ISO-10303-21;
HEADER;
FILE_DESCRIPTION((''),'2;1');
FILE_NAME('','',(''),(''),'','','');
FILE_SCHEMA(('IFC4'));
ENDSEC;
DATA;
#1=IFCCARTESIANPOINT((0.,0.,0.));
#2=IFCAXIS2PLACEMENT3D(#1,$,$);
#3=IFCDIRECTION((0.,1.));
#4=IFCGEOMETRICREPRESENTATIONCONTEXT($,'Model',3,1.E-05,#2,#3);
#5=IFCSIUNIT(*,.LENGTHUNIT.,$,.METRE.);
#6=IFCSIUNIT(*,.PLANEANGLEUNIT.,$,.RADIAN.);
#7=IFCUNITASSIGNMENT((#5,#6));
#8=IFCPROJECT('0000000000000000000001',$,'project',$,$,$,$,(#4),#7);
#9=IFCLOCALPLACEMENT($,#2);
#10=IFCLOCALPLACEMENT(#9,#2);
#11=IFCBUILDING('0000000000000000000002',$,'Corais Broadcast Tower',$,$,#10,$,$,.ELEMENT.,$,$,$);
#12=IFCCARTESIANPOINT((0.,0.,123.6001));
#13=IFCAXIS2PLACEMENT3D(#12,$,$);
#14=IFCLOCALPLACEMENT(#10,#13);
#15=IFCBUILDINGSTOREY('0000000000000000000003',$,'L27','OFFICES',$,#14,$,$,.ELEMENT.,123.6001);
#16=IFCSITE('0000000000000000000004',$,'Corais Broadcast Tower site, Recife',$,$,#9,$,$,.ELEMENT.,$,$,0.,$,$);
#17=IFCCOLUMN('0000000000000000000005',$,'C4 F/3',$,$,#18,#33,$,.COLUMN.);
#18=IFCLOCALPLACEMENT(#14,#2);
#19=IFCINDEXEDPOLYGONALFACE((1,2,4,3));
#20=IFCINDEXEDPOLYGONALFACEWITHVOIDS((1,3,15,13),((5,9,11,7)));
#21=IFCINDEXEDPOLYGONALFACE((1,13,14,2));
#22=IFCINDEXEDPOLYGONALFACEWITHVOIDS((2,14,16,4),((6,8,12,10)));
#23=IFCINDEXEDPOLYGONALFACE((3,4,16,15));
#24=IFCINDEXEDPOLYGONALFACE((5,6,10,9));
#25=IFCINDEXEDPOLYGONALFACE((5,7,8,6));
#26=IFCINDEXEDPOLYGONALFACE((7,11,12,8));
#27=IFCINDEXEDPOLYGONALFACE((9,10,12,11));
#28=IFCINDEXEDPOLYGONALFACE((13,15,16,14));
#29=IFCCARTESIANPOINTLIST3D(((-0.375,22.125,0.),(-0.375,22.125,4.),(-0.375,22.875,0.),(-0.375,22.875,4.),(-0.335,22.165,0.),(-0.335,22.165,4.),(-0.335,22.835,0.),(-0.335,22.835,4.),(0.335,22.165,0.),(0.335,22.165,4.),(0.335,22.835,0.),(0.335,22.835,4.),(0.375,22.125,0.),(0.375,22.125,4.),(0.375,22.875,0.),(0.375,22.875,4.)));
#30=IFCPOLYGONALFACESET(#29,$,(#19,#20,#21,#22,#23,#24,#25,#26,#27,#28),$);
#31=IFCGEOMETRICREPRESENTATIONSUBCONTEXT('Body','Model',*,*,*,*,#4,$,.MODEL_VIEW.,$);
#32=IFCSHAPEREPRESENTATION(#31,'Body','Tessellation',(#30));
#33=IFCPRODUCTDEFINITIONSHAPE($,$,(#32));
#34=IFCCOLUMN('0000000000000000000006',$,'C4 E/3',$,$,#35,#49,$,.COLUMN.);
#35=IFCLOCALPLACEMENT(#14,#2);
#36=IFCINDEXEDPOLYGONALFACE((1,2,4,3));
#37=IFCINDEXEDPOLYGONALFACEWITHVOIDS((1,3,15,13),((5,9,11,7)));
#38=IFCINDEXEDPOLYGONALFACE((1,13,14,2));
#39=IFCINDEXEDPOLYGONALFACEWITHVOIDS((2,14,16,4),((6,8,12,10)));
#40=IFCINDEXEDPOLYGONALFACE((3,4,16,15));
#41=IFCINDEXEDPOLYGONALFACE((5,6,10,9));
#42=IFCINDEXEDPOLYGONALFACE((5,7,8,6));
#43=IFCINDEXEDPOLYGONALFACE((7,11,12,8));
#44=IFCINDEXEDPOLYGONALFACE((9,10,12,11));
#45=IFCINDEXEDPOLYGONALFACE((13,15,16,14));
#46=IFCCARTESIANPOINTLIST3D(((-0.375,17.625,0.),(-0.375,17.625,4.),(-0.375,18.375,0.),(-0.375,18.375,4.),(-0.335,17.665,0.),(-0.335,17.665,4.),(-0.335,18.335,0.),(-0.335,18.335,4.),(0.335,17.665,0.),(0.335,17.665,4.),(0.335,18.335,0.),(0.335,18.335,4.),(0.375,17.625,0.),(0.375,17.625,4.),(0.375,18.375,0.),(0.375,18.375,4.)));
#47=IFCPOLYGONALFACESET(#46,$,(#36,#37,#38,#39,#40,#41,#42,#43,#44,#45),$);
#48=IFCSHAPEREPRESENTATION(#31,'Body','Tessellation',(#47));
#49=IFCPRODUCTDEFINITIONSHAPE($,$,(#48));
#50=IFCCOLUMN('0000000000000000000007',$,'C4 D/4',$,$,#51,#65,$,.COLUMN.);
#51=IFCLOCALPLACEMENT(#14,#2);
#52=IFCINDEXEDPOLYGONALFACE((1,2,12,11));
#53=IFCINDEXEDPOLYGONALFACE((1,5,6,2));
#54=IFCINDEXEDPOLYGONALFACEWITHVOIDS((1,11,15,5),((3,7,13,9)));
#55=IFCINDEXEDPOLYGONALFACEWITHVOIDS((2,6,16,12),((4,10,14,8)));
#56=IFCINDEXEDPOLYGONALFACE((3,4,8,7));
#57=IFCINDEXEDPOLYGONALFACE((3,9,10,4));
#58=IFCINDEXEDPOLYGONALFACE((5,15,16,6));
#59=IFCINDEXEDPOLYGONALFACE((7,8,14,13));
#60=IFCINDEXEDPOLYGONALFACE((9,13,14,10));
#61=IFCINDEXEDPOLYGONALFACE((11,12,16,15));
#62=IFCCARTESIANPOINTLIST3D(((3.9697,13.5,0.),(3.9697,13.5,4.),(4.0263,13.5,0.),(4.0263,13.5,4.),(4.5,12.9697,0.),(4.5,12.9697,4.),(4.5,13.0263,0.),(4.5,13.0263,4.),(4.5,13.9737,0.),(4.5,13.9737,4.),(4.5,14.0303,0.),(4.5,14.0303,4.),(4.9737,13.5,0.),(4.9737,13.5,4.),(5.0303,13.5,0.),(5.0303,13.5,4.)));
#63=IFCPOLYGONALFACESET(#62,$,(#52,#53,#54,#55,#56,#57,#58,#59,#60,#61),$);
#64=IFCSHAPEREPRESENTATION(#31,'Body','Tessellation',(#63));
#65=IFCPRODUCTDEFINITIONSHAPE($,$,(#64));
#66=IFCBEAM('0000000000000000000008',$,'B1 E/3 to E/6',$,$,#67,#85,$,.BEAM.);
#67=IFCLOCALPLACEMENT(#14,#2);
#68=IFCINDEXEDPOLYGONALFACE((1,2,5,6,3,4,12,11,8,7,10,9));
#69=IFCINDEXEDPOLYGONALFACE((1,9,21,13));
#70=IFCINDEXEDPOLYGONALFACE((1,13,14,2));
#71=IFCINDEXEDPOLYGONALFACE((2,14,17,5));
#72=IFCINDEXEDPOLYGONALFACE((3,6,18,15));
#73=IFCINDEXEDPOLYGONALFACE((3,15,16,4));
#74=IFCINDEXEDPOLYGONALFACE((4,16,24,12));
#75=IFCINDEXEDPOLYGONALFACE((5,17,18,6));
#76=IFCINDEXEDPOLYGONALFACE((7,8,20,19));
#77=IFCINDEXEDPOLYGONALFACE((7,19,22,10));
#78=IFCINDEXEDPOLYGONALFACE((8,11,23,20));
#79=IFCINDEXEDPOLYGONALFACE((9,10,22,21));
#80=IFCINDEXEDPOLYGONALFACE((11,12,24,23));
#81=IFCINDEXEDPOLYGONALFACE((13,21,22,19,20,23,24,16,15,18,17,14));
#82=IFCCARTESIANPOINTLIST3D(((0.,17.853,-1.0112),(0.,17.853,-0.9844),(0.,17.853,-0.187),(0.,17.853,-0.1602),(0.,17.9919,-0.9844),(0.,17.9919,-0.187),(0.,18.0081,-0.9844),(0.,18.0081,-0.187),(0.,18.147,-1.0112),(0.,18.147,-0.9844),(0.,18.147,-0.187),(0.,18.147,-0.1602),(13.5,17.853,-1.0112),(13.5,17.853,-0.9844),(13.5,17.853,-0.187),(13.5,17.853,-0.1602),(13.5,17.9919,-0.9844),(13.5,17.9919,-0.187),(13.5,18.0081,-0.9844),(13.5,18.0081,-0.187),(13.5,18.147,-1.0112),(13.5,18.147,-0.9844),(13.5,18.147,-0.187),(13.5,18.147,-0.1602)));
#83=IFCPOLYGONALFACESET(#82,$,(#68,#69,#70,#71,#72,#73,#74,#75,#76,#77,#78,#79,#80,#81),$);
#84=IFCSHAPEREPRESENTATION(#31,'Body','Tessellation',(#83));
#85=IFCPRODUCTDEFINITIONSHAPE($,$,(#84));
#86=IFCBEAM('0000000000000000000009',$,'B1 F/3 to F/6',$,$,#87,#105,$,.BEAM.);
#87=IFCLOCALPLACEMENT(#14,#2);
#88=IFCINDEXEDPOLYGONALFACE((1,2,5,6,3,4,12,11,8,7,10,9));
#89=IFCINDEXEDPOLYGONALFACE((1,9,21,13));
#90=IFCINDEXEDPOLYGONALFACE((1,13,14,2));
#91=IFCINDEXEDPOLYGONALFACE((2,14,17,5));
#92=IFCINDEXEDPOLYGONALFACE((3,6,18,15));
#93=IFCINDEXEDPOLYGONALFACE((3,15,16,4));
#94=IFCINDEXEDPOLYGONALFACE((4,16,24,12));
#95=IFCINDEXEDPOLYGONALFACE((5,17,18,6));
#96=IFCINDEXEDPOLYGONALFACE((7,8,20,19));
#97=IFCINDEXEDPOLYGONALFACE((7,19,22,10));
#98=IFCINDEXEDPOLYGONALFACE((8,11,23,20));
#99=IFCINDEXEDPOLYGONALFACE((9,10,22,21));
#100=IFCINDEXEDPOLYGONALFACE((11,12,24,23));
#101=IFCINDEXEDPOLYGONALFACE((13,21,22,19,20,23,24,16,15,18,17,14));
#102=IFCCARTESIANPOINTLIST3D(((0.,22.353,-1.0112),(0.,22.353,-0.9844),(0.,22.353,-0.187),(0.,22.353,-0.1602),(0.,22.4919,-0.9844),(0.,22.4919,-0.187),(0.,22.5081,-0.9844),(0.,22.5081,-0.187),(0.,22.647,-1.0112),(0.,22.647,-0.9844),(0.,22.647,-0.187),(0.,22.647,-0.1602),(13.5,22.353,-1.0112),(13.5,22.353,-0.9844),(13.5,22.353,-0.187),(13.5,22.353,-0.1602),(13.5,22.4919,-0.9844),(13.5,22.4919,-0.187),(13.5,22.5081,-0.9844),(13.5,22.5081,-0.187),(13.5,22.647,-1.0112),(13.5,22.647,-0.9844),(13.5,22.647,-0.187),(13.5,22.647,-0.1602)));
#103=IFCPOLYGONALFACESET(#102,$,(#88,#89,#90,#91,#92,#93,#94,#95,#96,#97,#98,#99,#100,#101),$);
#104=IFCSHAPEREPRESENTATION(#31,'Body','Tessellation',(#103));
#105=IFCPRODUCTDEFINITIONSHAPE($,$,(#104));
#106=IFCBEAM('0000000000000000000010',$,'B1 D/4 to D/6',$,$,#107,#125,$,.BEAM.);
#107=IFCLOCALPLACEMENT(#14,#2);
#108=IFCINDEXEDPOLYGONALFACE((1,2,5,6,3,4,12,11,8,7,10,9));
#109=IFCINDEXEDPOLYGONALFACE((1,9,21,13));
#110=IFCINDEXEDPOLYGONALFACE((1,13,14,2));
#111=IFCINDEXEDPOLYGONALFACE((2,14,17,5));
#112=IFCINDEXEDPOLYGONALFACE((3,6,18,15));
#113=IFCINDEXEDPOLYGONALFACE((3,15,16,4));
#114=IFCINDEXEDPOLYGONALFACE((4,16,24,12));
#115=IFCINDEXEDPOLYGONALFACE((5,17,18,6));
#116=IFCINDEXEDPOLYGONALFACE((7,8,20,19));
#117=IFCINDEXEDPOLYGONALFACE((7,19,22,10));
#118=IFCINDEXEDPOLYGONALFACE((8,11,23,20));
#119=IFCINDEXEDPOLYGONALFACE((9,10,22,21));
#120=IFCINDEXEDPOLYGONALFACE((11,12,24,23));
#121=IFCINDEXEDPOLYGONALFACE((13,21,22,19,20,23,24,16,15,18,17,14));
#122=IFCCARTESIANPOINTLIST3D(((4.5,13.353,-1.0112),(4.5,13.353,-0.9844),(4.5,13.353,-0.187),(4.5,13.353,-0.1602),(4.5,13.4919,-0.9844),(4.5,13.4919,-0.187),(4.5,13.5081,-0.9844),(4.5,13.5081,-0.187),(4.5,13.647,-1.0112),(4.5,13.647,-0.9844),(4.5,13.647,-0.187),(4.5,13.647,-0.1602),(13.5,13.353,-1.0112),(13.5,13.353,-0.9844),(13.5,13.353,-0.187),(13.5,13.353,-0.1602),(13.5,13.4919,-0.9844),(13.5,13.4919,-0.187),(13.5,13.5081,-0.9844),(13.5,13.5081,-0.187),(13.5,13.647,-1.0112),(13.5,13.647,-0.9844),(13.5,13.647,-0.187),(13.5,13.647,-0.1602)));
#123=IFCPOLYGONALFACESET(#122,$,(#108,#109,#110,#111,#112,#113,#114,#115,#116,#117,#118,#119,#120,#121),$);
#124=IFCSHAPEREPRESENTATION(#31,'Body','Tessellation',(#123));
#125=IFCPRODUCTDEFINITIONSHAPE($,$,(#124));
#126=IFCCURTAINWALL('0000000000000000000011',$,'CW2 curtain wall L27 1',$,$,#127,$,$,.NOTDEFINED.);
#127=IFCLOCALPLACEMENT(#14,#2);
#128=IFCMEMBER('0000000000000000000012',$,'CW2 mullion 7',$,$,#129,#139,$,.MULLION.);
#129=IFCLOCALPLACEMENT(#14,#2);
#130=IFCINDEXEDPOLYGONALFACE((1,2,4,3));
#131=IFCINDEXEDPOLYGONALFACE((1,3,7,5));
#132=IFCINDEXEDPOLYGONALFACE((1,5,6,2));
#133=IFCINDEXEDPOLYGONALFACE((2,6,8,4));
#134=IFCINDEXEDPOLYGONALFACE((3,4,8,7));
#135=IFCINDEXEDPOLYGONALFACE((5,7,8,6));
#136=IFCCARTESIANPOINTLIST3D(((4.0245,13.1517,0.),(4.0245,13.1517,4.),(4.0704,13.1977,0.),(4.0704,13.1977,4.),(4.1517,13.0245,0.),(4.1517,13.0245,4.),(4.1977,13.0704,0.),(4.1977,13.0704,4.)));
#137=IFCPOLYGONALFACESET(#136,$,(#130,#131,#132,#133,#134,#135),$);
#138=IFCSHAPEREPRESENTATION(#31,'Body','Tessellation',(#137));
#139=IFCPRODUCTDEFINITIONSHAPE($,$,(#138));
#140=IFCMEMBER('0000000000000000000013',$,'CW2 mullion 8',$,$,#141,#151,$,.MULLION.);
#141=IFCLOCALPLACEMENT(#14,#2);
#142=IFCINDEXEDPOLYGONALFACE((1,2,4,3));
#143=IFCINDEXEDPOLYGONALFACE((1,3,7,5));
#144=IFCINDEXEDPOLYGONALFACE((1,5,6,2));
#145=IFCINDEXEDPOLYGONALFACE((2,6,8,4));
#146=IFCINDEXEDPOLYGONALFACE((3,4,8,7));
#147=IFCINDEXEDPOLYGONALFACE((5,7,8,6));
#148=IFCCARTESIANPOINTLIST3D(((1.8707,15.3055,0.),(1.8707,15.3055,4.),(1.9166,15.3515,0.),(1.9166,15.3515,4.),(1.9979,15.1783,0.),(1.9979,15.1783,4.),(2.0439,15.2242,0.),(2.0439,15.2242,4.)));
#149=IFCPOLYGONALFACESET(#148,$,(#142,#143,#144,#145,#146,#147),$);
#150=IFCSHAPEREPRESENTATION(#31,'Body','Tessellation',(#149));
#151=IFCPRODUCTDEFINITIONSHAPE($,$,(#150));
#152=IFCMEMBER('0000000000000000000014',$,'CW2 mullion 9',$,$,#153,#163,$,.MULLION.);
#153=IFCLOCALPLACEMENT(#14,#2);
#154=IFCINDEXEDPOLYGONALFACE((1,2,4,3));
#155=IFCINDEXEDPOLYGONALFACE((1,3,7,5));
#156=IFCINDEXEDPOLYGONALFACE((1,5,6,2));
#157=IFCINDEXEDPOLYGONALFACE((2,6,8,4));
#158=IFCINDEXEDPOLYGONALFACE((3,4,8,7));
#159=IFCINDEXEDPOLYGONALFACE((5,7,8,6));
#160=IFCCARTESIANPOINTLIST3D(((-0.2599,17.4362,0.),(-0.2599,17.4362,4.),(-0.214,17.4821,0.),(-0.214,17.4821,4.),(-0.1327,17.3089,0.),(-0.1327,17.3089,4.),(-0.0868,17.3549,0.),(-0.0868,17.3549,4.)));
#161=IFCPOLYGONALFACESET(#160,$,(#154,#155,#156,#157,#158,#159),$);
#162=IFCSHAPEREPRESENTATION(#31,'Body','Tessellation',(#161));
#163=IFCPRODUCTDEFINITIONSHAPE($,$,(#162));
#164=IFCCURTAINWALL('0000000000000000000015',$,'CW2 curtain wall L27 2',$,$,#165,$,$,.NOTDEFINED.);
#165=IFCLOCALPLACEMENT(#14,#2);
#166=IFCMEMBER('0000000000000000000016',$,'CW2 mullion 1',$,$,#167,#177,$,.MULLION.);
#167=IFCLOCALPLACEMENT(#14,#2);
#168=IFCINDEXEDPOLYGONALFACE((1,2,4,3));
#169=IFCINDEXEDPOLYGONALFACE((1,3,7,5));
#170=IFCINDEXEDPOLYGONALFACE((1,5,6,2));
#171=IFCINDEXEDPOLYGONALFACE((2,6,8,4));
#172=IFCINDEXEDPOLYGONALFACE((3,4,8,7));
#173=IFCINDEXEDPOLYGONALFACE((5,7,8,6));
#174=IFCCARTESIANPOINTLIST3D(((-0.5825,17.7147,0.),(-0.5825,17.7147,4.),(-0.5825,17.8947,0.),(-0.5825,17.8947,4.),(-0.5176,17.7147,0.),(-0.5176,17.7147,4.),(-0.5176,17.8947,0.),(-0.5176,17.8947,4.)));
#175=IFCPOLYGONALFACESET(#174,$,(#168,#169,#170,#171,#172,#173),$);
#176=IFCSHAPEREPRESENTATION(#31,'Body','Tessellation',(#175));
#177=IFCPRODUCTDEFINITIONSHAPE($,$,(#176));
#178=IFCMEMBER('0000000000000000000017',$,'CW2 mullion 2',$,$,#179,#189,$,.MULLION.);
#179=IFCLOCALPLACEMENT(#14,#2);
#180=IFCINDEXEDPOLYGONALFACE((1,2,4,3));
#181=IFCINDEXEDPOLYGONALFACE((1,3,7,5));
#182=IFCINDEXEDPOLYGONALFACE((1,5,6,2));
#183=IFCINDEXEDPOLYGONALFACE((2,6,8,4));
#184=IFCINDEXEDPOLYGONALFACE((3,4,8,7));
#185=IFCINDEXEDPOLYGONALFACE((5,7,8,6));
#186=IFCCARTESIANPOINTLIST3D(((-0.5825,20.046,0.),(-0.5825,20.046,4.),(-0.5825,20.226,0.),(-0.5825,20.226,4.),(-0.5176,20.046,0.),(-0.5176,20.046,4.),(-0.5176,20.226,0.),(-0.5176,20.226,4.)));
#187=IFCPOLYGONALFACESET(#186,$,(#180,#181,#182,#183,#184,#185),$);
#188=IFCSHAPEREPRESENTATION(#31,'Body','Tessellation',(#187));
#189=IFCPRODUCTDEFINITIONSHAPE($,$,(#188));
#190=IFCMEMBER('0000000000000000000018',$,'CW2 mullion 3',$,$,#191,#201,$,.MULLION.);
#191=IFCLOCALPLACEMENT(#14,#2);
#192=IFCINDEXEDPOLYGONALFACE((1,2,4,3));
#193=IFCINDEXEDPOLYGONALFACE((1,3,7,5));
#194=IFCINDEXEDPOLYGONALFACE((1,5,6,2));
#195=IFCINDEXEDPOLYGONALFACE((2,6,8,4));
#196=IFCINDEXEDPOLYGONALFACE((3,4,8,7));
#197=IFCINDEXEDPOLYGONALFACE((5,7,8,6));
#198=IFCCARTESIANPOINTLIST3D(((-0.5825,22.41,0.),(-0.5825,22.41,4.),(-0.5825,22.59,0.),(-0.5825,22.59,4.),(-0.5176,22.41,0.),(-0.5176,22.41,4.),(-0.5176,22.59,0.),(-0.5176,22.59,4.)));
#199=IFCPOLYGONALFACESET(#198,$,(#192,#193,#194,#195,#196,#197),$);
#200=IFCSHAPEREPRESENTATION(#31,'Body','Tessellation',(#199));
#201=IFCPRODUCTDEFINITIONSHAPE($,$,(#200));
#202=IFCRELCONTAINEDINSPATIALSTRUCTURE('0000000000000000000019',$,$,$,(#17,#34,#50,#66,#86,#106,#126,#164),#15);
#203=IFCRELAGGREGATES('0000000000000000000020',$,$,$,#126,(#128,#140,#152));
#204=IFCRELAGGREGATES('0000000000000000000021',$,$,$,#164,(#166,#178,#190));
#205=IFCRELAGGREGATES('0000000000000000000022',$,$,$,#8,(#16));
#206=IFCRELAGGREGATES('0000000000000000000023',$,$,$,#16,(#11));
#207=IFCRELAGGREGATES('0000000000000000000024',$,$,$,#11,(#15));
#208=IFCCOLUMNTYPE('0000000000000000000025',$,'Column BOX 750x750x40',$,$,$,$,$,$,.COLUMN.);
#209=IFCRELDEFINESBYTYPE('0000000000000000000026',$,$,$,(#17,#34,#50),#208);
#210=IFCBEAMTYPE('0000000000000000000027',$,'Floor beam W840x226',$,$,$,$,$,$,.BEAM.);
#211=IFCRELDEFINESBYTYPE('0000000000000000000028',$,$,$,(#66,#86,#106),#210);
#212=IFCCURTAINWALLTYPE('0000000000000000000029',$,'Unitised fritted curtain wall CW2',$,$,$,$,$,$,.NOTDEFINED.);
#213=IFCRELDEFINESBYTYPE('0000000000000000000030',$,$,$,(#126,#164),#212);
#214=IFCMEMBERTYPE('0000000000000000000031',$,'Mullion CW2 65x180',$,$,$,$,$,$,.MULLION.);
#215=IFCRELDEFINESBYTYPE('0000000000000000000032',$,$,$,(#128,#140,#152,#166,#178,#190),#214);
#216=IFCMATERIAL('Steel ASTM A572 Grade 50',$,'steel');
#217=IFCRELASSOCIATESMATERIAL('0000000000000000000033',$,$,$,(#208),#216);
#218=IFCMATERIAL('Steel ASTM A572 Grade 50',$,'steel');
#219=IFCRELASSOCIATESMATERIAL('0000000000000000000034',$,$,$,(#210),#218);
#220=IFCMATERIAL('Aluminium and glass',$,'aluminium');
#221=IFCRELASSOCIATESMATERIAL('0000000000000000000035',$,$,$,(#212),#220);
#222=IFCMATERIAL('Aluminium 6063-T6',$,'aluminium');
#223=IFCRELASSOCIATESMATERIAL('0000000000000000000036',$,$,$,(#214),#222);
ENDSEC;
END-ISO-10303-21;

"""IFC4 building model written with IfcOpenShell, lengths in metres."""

from ifc_helpers import new_model, si_unit, direction, frame, origin, origin_2d, place, context, subcontext, project, spatial, rectangle, hollow_rectangle, i_section, extrude, material, material_profile, profile_set, type_object, element, aggregate, save


model = new_model("IFC4")

# Units and contexts
model_context = context("Model", 3, precision=1e-05, world=origin(), true_north=direction((0.0, 1.0)))
body_context = subcontext(model_context, "Body", "Model", "MODEL_VIEW")
ifc_project = project(units=[si_unit("LENGTHUNIT", "METRE"), si_unit("PLANEANGLEUNIT", "RADIAN")], contexts=[model_context])

# Site, building, storey
site_placement = place(None, origin())
site = spatial("IfcSite", under=ifc_project, at=site_placement, Name="Corais Broadcast Tower site, Recife", CompositionType="ELEMENT", RefElevation=0.0)
building_placement = place(site_placement, origin())
building = spatial("IfcBuilding", under=site, at=building_placement, Name="Corais Broadcast Tower", CompositionType="ELEMENT")
storey_placement = place(building_placement, frame((0.0, 0.0, 123.6001)))
storey = spatial("IfcBuildingStorey", under=building, at=storey_placement, Name="L27", Description="OFFICES", CompositionType="ELEMENT", Elevation=123.6001)

# Columns
ifc_material_1 = material(Name="Steel ASTM A572 Grade 50", Category="steel")
ifc_material_profile_1 = material_profile(ifc_material_1, hollow_rectangle(XDim=0.75, YDim=0.75, WallThickness=0.04, at=origin_2d()), Name="BOX 750x750x40")
ifc_profile_set_1 = profile_set([ifc_material_profile_1], Name="Steel ASTM A572 Grade 50")
column_type = type_object("IfcColumnType", Name="Column BOX 750x750x40", PredefinedType="COLUMN", material=ifc_profile_set_1)
for number, where, z_axis, x_axis, name in (
    (1, (0.0, 22.5, 0.0), (0.0, 0.0, 1.0), (1.0, 0.0, 0.0), "C4 F/3"),
    (2, (0.0, 18.0, 0.0), (0.0, 0.0, 1.0), (1.0, 0.0, 0.0), "C4 E/3"),
    (3, (4.5, 13.5, 0.0), (0.0, 0.0, 1.0), (0.707107, 0.707107, 0.0), "C4 D/4"),
):
    element("IfcColumn", number, at=place(storey_placement, frame(where, z_axis=z_axis, x_axis=x_axis)), inside=storey, type_object=column_type, Name=name, PredefinedType="COLUMN", context=body_context, shape_type="SweptSolid", body=[
        extrude(hollow_rectangle(XDim=0.75, YDim=0.75, WallThickness=0.04, at=origin_2d()), origin(), (0.0, 0.0, 1.0), 4.0),
    ])

# Beams
ifc_material_2 = material(Name="Steel ASTM A572 Grade 50", Category="steel")
ifc_material_profile_2 = material_profile(ifc_material_2, i_section(OverallWidth=0.2939, OverallDepth=0.8511, WebThickness=0.0161, FlangeThickness=0.0269, at=origin_2d()), Name="W840x226")
ifc_profile_set_2 = profile_set([ifc_material_profile_2], Name="Steel ASTM A572 Grade 50")
beam_type_1 = type_object("IfcBeamType", Name="Floor beam W840x226", PredefinedType="BEAM", material=ifc_profile_set_2)
for number, where, z_axis, x_axis, name in (
    (4, (0.0, 18.0, -0.5857), (1.0, 0.0, 0.0), (0.0, 1.0, 0.0), "B1 E/3 to E/6"),
    (5, (0.0, 22.5, -0.5857), (1.0, 0.0, 0.0), (0.0, 1.0, 0.0), "B1 F/3 to F/6"),
):
    element("IfcBeam", number, at=place(storey_placement, frame(where, z_axis=z_axis, x_axis=x_axis)), inside=storey, type_object=beam_type_1, Name=name, PredefinedType="BEAM", context=body_context, shape_type="SweptSolid", body=[
        extrude(i_section(OverallWidth=0.2939, OverallDepth=0.8511, WebThickness=0.0161, FlangeThickness=0.0269, at=origin_2d()), origin(), (0.0, 0.0, 1.0), 13.5),
    ])
beam_1_placement = place(storey_placement, frame((4.5, 13.5, -0.5857), z_axis=(1.0, 0.0, 0.0), x_axis=(0.0, 1.0, 0.0)))
element("IfcBeam", 6, at=beam_1_placement, inside=storey, type_object=beam_type_1, Name="B1 D/4 to D/6", PredefinedType="BEAM", context=body_context, shape_type="SweptSolid", body=[
    extrude(i_section(OverallWidth=0.2939, OverallDepth=0.8511, WebThickness=0.0161, FlangeThickness=0.0269, at=origin_2d()), origin(), (0.0, 0.0, 1.0), 9.0),
])

# Curtain walls, members
ifc_material_3 = material(Name="Aluminium and glass", Category="aluminium")
curtain_wall_type = type_object("IfcCurtainWallType", Name="Unitised fritted curtain wall CW2", PredefinedType="NOTDEFINED", material=ifc_material_3)
curtain_wall_1_placement = place(storey_placement, origin())
curtain_wall_1 = element("IfcCurtainWall", 7, at=curtain_wall_1_placement, inside=storey, type_object=curtain_wall_type, Name="CW2 curtain wall L27 1", PredefinedType="NOTDEFINED")
ifc_material_4 = material(Name="Aluminium 6063-T6", Category="aluminium")
ifc_material_profile_3 = material_profile(ifc_material_4, rectangle(XDim=0.0649, YDim=0.1799, at=origin_2d()), Name="Mullion CW2 65x180")
ifc_profile_set_3 = profile_set([ifc_material_profile_3], Name="Aluminium 6063-T6")
member_type_1 = type_object("IfcMemberType", Name="Mullion CW2 65x180", PredefinedType="MULLION", material=ifc_profile_set_3)
member_1_placement = place(storey_placement, frame((4.1111, 13.1111, 0.0), z_axis=(0.0, 0.0, 1.0), x_axis=(-0.707107, -0.707107, 0.0)))
member_1 = element("IfcMember", 8, at=member_1_placement, type_object=member_type_1, Name="CW2 mullion 7", PredefinedType="MULLION", context=body_context, shape_type="SweptSolid", body=[
    extrude(rectangle(XDim=0.0649, YDim=0.1799, at=origin_2d()), origin(), (0.0, 0.0, 1.0), 4.0),
])
member_2_placement = place(storey_placement, frame((1.9573, 15.2649, 0.0), z_axis=(0.0, 0.0, 1.0), x_axis=(-0.707107, -0.707107, 0.0)))
member_2 = element("IfcMember", 9, at=member_2_placement, type_object=member_type_1, Name="CW2 mullion 8", PredefinedType="MULLION", context=body_context, shape_type="SweptSolid", body=[
    extrude(rectangle(XDim=0.0649, YDim=0.1799, at=origin_2d()), origin(), (0.0, 0.0, 1.0), 4.0),
])
member_3_placement = place(storey_placement, frame((-0.1733, 17.3955, 0.0), z_axis=(0.0, 0.0, 1.0), x_axis=(-0.707107, -0.707107, 0.0)))
member_3 = element("IfcMember", 10, at=member_3_placement, type_object=member_type_1, Name="CW2 mullion 9", PredefinedType="MULLION", context=body_context, shape_type="SweptSolid", body=[
    extrude(rectangle(XDim=0.0649, YDim=0.1799, at=origin_2d()), origin(), (0.0, 0.0, 1.0), 4.0),
])
curtain_wall_2_placement = place(storey_placement, origin())
curtain_wall_2 = element("IfcCurtainWall", 11, at=curtain_wall_2_placement, inside=storey, type_object=curtain_wall_type, Name="CW2 curtain wall L27 2", PredefinedType="NOTDEFINED")
member_4_placement = place(storey_placement, frame((-0.55, 17.8047, 0.0), z_axis=(0.0, 0.0, 1.0), x_axis=(-1.0, 0.0, 0.0)))
member_4 = element("IfcMember", 12, at=member_4_placement, type_object=member_type_1, Name="CW2 mullion 1", PredefinedType="MULLION", context=body_context, shape_type="SweptSolid", body=[
    extrude(rectangle(XDim=0.0649, YDim=0.1799, at=origin_2d()), origin(), (0.0, 0.0, 1.0), 4.0),
])
member_5_placement = place(storey_placement, frame((-0.55, 20.136, 0.0), z_axis=(0.0, 0.0, 1.0), x_axis=(-1.0, 0.0, 0.0)))
member_5 = element("IfcMember", 13, at=member_5_placement, type_object=member_type_1, Name="CW2 mullion 2", PredefinedType="MULLION", context=body_context, shape_type="SweptSolid", body=[
    extrude(rectangle(XDim=0.0649, YDim=0.1799, at=origin_2d()), origin(), (0.0, 0.0, 1.0), 4.0),
])
member_6_placement = place(storey_placement, frame((-0.55, 22.5, 0.0), z_axis=(0.0, 0.0, 1.0), x_axis=(-1.0, 0.0, 0.0)))
member_6 = element("IfcMember", 14, at=member_6_placement, type_object=member_type_1, Name="CW2 mullion 3", PredefinedType="MULLION", context=body_context, shape_type="SweptSolid", body=[
    extrude(rectangle(XDim=0.0649, YDim=0.1799, at=origin_2d()), origin(), (0.0, 0.0, 1.0), 4.0),
])

aggregate(curtain_wall_1, [member_1, member_2, member_3])
aggregate(curtain_wall_2, [member_4, member_5, member_6])

save(model, "model.ifc")
